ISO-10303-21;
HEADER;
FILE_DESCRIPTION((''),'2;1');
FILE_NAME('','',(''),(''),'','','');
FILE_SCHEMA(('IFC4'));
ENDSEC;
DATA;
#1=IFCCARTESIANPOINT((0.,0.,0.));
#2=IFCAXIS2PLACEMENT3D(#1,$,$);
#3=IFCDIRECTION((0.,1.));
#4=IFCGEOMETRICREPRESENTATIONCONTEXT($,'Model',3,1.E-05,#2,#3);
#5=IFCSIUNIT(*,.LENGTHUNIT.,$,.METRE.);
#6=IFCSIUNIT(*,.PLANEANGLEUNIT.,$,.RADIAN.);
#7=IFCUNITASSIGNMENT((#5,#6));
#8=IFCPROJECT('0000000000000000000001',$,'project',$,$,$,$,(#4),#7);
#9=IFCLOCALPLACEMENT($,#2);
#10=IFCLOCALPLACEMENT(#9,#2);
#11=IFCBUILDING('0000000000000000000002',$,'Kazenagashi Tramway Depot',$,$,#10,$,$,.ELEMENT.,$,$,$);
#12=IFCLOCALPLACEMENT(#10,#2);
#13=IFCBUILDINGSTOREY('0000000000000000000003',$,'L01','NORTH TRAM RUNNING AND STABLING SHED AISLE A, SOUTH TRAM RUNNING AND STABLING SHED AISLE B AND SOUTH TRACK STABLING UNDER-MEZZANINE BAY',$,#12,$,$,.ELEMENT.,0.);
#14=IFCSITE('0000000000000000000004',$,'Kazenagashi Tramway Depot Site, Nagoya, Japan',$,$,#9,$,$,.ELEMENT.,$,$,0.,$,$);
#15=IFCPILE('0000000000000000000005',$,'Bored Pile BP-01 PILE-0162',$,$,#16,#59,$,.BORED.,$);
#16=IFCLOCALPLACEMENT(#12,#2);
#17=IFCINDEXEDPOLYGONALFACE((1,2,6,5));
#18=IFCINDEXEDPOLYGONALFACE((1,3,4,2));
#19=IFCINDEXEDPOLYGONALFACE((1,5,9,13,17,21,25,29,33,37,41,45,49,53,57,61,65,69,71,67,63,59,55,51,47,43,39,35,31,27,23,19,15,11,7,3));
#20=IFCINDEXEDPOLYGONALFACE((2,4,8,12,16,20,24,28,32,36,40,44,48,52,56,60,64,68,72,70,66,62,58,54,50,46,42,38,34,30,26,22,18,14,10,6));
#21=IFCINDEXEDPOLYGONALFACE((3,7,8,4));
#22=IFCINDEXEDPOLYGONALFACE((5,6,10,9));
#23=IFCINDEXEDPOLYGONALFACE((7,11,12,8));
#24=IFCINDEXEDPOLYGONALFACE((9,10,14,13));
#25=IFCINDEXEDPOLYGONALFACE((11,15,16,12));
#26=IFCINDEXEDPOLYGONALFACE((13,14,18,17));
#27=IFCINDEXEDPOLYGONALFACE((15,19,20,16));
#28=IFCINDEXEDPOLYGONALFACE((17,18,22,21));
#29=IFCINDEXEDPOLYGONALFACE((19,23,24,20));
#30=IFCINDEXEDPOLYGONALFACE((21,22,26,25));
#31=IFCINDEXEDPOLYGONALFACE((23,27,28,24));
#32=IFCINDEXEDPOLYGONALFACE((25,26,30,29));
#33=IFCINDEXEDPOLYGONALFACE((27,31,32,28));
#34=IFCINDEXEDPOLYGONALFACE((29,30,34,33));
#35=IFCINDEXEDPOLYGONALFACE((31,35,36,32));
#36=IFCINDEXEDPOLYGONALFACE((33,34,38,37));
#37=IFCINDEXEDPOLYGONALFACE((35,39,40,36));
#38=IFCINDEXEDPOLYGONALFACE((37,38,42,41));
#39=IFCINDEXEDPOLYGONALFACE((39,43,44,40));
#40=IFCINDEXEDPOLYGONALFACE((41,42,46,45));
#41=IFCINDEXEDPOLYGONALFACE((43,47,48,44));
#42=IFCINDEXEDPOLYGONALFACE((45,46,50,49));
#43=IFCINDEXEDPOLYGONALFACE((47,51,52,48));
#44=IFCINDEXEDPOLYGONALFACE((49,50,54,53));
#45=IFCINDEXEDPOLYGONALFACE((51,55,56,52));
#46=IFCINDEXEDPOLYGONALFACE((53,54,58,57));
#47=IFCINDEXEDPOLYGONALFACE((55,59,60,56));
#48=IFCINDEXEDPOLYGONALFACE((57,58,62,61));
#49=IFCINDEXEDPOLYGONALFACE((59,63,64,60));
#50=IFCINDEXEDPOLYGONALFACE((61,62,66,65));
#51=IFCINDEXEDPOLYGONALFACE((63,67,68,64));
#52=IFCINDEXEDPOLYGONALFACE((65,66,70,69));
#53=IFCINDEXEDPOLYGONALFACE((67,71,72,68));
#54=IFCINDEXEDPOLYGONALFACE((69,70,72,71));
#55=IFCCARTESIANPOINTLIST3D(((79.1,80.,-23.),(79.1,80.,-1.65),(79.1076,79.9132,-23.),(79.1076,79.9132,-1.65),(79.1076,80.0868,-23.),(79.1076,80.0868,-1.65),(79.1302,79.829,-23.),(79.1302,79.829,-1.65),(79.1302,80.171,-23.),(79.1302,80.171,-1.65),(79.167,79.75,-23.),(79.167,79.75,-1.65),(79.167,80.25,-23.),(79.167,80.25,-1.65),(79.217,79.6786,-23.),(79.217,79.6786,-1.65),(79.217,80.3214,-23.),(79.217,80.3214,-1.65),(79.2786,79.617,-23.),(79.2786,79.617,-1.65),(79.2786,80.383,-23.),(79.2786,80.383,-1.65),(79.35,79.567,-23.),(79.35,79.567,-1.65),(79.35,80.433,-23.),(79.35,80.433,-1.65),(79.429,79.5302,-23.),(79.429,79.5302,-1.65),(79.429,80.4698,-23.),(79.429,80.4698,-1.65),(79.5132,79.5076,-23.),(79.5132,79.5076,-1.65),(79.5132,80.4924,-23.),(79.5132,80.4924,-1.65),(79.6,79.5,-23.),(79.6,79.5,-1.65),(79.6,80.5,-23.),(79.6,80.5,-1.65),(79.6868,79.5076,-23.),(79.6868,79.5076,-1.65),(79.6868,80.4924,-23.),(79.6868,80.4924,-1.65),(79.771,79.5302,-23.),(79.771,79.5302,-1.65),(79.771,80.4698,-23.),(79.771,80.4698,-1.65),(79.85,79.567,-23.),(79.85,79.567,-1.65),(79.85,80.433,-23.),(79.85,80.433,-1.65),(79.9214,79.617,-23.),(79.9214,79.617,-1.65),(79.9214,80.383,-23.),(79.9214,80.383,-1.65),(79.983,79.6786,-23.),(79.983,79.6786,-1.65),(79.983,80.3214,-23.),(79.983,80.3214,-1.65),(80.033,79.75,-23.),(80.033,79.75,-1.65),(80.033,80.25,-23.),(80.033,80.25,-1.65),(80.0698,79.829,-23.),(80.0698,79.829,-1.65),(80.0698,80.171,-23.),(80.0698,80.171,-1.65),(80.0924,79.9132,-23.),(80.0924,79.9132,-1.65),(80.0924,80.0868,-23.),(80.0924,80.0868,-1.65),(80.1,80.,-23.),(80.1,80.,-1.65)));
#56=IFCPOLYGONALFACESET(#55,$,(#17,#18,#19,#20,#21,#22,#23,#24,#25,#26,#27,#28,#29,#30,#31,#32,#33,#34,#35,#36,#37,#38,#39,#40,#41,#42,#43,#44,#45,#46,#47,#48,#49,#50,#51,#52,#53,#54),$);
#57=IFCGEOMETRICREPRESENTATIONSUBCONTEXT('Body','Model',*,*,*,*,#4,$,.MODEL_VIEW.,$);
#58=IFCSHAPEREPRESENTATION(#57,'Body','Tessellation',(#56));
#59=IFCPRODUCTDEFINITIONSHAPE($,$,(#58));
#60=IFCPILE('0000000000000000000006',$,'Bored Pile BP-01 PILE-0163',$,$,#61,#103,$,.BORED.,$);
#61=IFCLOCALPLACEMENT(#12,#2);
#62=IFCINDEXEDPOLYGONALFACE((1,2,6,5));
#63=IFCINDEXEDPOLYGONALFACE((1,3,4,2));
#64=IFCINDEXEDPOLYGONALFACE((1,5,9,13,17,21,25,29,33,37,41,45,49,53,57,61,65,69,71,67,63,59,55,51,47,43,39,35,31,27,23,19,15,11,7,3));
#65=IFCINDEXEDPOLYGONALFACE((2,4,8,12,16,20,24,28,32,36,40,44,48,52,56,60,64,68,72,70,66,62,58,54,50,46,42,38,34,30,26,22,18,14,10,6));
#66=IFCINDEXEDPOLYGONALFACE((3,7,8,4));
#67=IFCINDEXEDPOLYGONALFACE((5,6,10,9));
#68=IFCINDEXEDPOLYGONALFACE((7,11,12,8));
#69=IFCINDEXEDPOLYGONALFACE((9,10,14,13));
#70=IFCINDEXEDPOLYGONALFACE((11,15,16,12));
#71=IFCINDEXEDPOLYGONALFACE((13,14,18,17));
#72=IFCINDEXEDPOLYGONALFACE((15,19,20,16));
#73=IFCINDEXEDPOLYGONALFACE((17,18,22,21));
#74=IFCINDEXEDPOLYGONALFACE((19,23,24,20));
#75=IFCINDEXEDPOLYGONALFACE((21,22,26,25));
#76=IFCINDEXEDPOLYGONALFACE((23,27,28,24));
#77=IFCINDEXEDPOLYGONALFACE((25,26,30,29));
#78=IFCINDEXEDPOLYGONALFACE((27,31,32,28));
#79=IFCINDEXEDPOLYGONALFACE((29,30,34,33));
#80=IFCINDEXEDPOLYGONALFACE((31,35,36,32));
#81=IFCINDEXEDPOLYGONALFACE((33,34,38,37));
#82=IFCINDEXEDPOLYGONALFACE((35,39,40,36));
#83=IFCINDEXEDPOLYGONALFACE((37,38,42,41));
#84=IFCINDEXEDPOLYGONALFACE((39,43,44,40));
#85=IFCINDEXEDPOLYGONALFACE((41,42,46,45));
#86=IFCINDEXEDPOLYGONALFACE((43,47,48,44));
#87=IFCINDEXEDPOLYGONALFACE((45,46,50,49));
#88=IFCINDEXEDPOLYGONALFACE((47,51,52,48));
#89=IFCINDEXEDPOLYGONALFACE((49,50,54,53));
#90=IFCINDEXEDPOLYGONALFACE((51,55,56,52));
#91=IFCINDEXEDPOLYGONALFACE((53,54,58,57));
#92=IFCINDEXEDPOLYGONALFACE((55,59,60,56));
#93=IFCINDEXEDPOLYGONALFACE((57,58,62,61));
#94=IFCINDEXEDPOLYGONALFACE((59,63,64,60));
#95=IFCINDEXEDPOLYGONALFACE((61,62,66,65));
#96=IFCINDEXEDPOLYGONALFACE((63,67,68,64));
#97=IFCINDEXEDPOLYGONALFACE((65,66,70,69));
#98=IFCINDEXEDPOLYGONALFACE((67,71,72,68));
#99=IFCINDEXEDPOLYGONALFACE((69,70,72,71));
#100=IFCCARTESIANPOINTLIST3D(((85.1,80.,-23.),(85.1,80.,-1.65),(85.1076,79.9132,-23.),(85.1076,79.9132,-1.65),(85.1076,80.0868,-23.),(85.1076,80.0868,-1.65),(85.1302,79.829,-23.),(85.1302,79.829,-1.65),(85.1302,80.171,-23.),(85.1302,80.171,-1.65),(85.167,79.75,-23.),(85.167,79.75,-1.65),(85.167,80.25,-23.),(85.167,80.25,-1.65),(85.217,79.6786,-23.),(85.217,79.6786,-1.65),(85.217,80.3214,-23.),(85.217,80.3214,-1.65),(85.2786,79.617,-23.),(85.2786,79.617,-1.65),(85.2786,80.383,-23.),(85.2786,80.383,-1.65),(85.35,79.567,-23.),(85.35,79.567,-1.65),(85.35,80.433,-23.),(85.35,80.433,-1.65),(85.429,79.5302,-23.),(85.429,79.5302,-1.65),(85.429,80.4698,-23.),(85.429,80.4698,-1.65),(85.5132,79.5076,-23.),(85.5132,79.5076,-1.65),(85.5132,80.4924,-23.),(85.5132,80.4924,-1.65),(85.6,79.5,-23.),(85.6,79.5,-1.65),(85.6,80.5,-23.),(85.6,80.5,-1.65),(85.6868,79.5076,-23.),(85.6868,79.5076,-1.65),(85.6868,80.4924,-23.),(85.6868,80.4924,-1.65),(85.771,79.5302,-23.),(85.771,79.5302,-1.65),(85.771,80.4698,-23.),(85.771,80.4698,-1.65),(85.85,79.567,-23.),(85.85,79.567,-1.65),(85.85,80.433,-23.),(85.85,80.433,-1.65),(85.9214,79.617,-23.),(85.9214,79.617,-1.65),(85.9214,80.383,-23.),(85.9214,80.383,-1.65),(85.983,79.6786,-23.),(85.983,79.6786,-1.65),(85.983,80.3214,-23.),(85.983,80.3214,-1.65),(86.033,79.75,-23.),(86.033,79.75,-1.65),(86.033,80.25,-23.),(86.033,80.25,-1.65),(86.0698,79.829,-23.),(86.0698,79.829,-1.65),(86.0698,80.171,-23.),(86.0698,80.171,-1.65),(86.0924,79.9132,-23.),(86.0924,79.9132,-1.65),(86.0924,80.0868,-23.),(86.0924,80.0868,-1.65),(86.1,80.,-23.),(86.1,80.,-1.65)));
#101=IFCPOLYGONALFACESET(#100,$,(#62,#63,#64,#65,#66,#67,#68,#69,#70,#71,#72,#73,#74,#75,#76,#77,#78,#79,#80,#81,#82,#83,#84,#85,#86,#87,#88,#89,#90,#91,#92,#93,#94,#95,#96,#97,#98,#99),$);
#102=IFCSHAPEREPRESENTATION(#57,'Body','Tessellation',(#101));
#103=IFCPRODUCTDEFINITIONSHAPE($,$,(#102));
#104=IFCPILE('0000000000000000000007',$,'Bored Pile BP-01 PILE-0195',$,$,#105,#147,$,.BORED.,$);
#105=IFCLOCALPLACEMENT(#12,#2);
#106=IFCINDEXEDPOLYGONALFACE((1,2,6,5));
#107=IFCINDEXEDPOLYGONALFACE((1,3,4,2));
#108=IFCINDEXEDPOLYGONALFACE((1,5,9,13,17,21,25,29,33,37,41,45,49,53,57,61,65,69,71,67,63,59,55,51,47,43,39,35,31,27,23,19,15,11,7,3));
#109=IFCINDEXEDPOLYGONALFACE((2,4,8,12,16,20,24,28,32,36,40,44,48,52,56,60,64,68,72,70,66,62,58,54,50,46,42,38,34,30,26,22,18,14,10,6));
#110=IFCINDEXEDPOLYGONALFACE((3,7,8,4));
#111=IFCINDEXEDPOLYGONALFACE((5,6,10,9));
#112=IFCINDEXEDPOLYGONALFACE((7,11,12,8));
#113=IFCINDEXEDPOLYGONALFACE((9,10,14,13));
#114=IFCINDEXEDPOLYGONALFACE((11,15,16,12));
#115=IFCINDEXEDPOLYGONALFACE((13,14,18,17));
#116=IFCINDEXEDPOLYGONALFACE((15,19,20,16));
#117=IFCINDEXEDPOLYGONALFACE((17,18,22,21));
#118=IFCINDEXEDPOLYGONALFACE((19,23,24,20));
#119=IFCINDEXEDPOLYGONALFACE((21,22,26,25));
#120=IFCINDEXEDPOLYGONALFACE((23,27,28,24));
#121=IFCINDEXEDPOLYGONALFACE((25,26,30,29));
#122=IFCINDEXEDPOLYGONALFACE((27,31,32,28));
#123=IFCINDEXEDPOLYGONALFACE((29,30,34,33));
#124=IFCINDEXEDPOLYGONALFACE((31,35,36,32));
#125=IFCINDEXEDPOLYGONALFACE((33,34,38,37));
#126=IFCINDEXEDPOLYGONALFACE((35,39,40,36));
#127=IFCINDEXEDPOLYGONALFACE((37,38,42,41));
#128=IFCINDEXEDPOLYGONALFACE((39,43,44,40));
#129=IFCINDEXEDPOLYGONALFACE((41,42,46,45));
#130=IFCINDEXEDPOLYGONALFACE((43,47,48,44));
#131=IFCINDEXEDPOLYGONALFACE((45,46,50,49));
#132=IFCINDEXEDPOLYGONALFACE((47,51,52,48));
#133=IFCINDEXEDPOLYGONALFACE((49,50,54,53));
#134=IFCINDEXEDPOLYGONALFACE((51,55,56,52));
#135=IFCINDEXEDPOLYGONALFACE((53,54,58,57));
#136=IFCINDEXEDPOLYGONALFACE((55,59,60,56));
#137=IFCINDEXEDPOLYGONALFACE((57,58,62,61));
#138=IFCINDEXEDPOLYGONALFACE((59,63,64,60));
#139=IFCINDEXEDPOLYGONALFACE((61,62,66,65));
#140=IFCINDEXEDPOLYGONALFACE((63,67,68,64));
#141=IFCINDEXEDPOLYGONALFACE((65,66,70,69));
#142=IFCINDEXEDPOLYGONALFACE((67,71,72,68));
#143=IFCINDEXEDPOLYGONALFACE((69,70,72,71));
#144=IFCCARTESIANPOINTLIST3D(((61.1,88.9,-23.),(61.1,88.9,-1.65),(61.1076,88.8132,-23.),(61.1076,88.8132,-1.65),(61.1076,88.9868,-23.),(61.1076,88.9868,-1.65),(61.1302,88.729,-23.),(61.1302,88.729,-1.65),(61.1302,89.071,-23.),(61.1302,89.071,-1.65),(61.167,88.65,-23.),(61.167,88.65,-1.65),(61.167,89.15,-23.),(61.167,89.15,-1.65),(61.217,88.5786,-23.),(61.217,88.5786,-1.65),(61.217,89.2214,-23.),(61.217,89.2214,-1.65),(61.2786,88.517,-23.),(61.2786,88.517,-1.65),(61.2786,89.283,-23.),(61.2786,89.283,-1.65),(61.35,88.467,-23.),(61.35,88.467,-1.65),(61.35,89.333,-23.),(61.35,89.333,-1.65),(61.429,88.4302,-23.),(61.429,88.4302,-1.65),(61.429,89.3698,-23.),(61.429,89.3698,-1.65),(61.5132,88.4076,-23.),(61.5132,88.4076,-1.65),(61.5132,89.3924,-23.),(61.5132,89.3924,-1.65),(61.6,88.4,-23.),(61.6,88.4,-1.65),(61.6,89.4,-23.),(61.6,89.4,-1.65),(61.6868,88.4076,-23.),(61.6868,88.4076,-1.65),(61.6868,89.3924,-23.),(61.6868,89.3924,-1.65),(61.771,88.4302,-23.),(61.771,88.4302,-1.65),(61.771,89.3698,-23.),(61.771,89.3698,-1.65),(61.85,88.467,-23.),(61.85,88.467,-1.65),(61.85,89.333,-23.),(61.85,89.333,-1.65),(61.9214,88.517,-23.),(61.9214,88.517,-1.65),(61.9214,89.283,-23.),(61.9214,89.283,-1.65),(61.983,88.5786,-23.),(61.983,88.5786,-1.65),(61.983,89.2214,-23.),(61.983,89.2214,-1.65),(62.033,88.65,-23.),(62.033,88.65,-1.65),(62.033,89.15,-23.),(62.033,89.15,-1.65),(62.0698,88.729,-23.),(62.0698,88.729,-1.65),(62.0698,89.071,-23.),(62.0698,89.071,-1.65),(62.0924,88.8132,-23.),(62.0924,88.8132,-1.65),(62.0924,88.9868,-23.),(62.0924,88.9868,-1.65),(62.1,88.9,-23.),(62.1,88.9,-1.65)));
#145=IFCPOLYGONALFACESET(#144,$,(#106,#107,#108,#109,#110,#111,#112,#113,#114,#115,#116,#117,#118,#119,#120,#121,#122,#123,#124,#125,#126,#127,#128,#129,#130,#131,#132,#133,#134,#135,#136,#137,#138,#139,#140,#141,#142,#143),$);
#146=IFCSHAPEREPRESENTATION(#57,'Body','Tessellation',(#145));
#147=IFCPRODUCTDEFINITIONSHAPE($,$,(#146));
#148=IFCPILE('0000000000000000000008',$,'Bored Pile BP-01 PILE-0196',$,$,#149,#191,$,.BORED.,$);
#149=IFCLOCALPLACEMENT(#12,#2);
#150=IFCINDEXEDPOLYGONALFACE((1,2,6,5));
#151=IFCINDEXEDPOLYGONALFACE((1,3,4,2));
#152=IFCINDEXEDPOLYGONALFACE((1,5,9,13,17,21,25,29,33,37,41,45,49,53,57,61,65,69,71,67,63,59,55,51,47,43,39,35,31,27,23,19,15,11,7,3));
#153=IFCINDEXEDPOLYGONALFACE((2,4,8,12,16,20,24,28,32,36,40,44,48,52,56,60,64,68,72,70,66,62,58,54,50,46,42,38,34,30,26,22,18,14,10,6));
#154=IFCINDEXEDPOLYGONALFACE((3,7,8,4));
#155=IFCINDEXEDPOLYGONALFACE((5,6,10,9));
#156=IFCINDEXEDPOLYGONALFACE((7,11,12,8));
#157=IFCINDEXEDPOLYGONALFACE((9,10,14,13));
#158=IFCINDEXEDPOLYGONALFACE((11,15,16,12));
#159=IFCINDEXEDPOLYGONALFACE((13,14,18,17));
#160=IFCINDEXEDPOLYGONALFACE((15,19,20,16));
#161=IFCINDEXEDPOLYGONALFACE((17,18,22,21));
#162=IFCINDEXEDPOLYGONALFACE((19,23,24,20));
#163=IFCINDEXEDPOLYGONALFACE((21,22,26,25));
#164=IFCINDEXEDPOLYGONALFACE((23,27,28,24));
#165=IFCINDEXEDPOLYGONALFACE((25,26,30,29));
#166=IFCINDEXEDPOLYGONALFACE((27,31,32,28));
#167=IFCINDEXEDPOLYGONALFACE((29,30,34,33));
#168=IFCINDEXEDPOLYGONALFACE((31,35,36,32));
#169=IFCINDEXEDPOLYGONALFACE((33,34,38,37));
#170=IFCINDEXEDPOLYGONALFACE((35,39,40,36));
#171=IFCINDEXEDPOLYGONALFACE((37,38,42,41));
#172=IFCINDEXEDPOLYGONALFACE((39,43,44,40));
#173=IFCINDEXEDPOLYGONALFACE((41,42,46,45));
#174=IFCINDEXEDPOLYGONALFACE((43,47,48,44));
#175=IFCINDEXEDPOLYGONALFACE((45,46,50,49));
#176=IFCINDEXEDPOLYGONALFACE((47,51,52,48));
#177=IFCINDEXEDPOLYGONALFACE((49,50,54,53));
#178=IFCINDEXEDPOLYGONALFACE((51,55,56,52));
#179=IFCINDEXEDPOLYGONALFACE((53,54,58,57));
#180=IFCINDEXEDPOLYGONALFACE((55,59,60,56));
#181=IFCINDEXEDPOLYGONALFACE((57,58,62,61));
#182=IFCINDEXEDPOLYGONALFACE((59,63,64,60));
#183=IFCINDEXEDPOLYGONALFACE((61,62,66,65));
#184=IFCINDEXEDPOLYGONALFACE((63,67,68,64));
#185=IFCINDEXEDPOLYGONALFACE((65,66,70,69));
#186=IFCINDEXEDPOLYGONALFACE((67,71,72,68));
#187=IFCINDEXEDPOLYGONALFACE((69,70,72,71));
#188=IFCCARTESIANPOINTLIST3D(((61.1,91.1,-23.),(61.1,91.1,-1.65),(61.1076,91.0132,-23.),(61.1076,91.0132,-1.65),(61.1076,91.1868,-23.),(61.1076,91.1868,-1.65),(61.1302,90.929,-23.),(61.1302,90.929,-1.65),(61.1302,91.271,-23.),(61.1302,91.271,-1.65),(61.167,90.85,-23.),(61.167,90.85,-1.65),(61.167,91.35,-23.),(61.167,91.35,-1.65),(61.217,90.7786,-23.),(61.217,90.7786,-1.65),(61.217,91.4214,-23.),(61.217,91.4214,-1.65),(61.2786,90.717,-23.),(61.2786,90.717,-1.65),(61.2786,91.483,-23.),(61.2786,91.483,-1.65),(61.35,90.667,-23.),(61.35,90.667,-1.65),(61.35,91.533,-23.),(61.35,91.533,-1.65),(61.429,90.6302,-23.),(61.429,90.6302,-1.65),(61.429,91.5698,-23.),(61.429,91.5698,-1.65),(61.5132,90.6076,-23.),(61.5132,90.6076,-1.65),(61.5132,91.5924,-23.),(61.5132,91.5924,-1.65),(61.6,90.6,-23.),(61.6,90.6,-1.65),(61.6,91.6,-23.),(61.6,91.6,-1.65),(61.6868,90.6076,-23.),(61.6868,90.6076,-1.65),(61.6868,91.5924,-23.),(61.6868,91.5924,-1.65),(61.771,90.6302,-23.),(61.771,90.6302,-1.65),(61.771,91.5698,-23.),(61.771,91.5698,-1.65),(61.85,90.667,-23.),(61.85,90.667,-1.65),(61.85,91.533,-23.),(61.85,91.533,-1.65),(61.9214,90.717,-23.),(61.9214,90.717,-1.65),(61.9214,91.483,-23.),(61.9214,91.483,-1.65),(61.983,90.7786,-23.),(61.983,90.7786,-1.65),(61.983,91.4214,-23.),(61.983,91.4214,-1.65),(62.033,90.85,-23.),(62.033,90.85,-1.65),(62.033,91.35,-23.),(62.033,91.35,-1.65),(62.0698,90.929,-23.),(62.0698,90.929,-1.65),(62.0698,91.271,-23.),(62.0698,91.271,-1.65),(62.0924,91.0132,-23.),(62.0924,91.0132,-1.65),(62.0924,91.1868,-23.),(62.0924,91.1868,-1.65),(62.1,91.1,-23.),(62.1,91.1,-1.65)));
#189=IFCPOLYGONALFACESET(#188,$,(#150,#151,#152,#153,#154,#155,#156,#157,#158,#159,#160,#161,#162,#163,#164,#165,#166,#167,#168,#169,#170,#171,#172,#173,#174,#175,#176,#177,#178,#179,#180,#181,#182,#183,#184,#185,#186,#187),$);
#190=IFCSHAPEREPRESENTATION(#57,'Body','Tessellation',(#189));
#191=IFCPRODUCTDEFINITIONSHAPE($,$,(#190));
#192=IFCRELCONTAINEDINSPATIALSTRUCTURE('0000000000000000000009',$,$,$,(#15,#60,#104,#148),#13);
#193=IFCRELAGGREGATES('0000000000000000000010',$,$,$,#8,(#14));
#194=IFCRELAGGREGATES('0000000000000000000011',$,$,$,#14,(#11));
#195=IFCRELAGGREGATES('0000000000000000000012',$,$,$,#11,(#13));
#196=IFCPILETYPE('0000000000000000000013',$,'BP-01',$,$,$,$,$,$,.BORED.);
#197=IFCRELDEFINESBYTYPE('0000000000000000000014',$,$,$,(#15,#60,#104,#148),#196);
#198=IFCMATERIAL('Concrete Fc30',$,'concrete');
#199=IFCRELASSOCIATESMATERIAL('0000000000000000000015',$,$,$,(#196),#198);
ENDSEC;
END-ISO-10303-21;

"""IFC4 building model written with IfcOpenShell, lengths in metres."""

from ifc_helpers import new_model, si_unit, direction, frame, origin, origin_2d, place, context, subcontext, project, spatial, circle, extrude, material, material_profile, profile_set, type_object, element, save


model = new_model("IFC4")

# Units and contexts
model_context = context("Model", 3, precision=1e-05, world=origin(), true_north=direction((0.0, 1.0)))
body_context = subcontext(model_context, "Body", "Model", "MODEL_VIEW")
ifc_project = project(units=[si_unit("LENGTHUNIT", "METRE"), si_unit("PLANEANGLEUNIT", "RADIAN")], contexts=[model_context])

# Site, building, storey
site_placement = place(None, origin())
site = spatial("IfcSite", under=ifc_project, at=site_placement, Name="Kazenagashi Tramway Depot Site, Nagoya, Japan", CompositionType="ELEMENT", RefElevation=0.0)
building_placement = place(site_placement, origin())
building = spatial("IfcBuilding", under=site, at=building_placement, Name="Kazenagashi Tramway Depot", CompositionType="ELEMENT")
storey_placement = place(building_placement, origin())
storey = spatial("IfcBuildingStorey", under=building, at=storey_placement, Name="L01", Description="NORTH TRAM RUNNING AND STABLING SHED AISLE A, SOUTH TRAM RUNNING AND STABLING SHED AISLE B AND SOUTH TRACK STABLING UNDER-MEZZANINE BAY", CompositionType="ELEMENT", Elevation=0.0)

# Piles
ifc_material_1 = material(Name="Concrete Fc30", Category="concrete")
ifc_material_profile_1 = material_profile(ifc_material_1, circle(Radius=0.5, at=origin_2d()), Name="PILE-1000")
ifc_profile_set_1 = profile_set([ifc_material_profile_1], Name="Concrete Fc30")
pile_type_1 = type_object("IfcPileType", Name="BP-01", PredefinedType="BORED", material=ifc_profile_set_1)
for number, where, z_axis, x_axis, name in (
    (1, (79.6, 80.0, -1.65), (0.0, 0.0, -1.0), (1.0, 0.0, 0.0), "Bored Pile BP-01 PILE-0162"),
    (2, (85.6, 80.0, -1.65), (0.0, 0.0, -1.0), (1.0, 0.0, 0.0), "Bored Pile BP-01 PILE-0163"),
    (3, (61.6, 88.9, -1.65), (0.0, 0.0, -1.0), (1.0, 0.0, 0.0), "Bored Pile BP-01 PILE-0195"),
    (4, (61.6, 91.1, -1.65), (0.0, 0.0, -1.0), (1.0, 0.0, 0.0), "Bored Pile BP-01 PILE-0196"),
):
    element("IfcPile", number, at=place(storey_placement, frame(where, z_axis=z_axis, x_axis=x_axis)), inside=storey, type_object=pile_type_1, Name=name, PredefinedType="BORED", context=body_context, shape_type="SweptSolid", body=[
        extrude(circle(Radius=0.5, at=origin_2d()), origin(), (0.0, 0.0, 1.0), 21.35),
    ])

save(model, "model.ifc")
